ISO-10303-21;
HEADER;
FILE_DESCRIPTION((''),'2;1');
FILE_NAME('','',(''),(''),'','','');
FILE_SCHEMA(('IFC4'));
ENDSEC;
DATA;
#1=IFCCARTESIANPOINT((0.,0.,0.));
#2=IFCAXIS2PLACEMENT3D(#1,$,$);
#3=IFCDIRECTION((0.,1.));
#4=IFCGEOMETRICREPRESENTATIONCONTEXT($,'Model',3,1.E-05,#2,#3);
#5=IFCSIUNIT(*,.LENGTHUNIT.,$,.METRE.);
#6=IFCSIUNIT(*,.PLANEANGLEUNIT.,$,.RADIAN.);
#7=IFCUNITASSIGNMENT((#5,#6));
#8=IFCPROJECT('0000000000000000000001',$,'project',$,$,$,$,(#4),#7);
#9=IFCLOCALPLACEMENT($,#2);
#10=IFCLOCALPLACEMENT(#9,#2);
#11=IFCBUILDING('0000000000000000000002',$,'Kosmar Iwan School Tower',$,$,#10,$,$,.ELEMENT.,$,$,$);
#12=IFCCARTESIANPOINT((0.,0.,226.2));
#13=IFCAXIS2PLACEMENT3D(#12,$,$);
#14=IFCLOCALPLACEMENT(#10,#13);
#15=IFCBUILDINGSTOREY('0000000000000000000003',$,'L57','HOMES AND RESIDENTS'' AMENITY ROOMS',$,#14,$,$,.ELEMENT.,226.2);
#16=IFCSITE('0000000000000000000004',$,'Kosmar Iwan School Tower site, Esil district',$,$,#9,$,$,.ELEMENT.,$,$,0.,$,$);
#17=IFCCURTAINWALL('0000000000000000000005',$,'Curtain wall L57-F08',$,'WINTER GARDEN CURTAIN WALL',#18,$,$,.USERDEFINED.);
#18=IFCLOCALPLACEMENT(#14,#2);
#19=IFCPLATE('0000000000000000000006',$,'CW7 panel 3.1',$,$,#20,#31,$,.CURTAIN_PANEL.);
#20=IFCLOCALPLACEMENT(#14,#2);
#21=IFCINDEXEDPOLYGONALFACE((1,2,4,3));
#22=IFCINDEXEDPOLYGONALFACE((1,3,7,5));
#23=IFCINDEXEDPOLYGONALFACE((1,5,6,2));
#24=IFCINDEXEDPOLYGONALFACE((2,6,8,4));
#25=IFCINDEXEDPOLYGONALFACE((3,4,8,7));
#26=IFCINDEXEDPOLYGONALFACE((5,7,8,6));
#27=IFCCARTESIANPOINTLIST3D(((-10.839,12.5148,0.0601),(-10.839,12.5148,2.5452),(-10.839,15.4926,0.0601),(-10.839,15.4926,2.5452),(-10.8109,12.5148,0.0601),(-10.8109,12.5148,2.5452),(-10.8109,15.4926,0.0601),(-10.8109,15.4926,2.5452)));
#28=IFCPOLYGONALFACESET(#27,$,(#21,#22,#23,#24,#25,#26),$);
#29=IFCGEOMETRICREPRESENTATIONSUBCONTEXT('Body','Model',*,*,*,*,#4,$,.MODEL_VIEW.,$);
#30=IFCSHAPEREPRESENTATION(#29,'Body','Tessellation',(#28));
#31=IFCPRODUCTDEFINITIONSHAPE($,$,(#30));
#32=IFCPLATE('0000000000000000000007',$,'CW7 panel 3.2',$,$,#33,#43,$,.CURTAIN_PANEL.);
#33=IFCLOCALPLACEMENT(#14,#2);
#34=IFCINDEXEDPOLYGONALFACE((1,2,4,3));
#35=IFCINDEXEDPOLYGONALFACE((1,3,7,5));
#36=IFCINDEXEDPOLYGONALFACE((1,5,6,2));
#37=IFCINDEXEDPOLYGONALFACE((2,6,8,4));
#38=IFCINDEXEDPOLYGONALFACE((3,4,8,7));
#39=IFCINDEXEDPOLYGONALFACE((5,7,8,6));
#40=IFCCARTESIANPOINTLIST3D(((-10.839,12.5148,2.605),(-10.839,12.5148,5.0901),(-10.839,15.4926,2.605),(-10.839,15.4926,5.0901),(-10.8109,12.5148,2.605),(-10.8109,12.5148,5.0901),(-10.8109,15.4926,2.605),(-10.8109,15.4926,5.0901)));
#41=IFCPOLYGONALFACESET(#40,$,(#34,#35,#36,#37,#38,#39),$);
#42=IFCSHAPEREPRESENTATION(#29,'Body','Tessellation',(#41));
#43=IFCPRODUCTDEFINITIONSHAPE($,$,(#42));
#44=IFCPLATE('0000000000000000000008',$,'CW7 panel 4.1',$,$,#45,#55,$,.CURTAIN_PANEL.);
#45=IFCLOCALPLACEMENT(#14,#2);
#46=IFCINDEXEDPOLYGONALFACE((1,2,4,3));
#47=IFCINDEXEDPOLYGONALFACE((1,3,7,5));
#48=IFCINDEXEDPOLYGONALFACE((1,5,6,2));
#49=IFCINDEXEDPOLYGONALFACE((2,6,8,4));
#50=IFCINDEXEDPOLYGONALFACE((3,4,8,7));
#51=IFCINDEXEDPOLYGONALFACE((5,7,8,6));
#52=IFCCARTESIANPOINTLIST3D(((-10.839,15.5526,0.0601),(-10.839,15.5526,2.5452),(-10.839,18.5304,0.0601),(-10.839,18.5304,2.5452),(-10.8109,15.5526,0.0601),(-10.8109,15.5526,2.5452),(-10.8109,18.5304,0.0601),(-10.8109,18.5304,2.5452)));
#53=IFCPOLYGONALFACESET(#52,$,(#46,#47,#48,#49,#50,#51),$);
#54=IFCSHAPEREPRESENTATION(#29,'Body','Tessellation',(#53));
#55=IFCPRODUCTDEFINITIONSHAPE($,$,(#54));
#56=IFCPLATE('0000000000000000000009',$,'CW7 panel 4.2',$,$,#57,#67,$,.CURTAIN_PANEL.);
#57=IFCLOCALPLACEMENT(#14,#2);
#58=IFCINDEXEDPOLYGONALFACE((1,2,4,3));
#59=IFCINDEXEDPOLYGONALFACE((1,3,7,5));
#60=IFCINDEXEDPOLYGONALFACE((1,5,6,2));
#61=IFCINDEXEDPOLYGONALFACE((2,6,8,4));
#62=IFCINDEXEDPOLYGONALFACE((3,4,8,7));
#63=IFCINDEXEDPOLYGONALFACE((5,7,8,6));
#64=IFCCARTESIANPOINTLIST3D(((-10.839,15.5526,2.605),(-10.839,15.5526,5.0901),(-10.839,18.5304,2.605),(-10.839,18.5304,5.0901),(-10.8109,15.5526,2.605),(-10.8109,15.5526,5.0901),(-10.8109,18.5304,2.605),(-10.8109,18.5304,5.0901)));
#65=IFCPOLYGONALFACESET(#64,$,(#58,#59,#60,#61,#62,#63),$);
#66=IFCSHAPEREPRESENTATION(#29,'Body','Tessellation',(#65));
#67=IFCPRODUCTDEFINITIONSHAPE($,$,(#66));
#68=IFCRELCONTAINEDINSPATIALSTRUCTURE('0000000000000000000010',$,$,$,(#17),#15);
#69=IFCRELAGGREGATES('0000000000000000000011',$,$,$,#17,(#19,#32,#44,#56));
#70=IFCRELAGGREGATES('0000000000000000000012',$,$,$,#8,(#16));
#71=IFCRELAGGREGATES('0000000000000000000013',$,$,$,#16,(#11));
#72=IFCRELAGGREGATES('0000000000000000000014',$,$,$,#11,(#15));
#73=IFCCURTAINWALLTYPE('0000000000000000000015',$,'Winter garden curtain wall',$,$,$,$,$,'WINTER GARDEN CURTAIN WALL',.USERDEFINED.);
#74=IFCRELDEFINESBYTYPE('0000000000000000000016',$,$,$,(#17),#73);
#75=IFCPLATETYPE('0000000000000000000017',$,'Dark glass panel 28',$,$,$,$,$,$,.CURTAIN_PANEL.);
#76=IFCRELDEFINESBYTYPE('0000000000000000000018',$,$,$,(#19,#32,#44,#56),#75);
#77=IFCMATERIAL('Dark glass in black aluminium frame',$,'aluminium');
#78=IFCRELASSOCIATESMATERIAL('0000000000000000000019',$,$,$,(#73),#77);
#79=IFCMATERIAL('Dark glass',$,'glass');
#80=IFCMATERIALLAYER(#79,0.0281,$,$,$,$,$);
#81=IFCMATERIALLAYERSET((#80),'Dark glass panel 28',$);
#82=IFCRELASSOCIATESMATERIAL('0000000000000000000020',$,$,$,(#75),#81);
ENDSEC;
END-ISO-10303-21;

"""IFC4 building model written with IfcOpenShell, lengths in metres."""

from ifc_helpers import new_model, si_unit, direction, frame, origin, origin_2d, place, context, subcontext, project, spatial, rectangle, extrude, material, layer, layer_set, type_object, element, aggregate, save


model = new_model("IFC4")

# Units and contexts
model_context = context("Model", 3, precision=1e-05, world=origin(), true_north=direction((0.0, 1.0)))
body_context = subcontext(model_context, "Body", "Model", "MODEL_VIEW")
ifc_project = project(units=[si_unit("LENGTHUNIT", "METRE"), si_unit("PLANEANGLEUNIT", "RADIAN")], contexts=[model_context])

# Site, building, storey
site_placement = place(None, origin())
site = spatial("IfcSite", under=ifc_project, at=site_placement, Name="Kosmar Iwan School Tower site, Esil district", CompositionType="ELEMENT", RefElevation=0.0)
building_placement = place(site_placement, origin())
building = spatial("IfcBuilding", under=site, at=building_placement, Name="Kosmar Iwan School Tower", CompositionType="ELEMENT")
storey_placement = place(building_placement, frame((0.0, 0.0, 226.2)))
storey = spatial("IfcBuildingStorey", under=building, at=storey_placement, Name="L57", Description="HOMES AND RESIDENTS' AMENITY ROOMS", CompositionType="ELEMENT", Elevation=226.2)

# Curtain wall
ifc_material_1 = material(Name="Dark glass in black aluminium frame", Category="aluminium")
curtain_wall_type = type_object("IfcCurtainWallType", Name="Winter garden curtain wall", ElementType="WINTER GARDEN CURTAIN WALL", PredefinedType="USERDEFINED", material=ifc_material_1)
curtain_wall_placement = place(storey_placement, origin())
curtain_wall = element("IfcCurtainWall", 1, at=curtain_wall_placement, inside=storey, type_object=curtain_wall_type, Name="Curtain wall L57-F08", ObjectType="WINTER GARDEN CURTAIN WALL", PredefinedType="USERDEFINED")

# Plates
ifc_material_2 = material(Name="Dark glass", Category="glass")
ifc_layer = layer(ifc_material_2, 0.0281)
ifc_layer_set = layer_set([ifc_layer], Name="Dark glass panel 28")
plate_type = type_object("IfcPlateType", Name="Dark glass panel 28", PredefinedType="CURTAIN_PANEL", material=ifc_layer_set)
plate_1_placement = place(storey_placement, frame((-10.825, 14.0037, 0.0601), z_axis=(0.0, 0.0, 1.0), x_axis=(0.0, 1.0, 0.0)))
plate_1 = element("IfcPlate", 2, at=plate_1_placement, type_object=plate_type, Name="CW7 panel 3.1", PredefinedType="CURTAIN_PANEL", context=body_context, shape_type="SweptSolid", body=[
    extrude(rectangle(XDim=2.9778, YDim=0.0281, at=origin_2d()), origin(), (0.0, 0.0, 1.0), 2.4851),
])
plate_2_placement = place(storey_placement, frame((-10.825, 14.0037, 2.605), z_axis=(0.0, 0.0, 1.0), x_axis=(0.0, 1.0, 0.0)))
plate_2 = element("IfcPlate", 3, at=plate_2_placement, type_object=plate_type, Name="CW7 panel 3.2", PredefinedType="CURTAIN_PANEL", context=body_context, shape_type="SweptSolid", body=[
    extrude(rectangle(XDim=2.9778, YDim=0.0281, at=origin_2d()), origin(), (0.0, 0.0, 1.0), 2.4851),
])
plate_3_placement = place(storey_placement, frame((-10.825, 17.0415, 0.0601), z_axis=(0.0, 0.0, 1.0), x_axis=(0.0, 1.0, 0.0)))
plate_3 = element("IfcPlate", 4, at=plate_3_placement, type_object=plate_type, Name="CW7 panel 4.1", PredefinedType="CURTAIN_PANEL", context=body_context, shape_type="SweptSolid", body=[
    extrude(rectangle(XDim=2.9778, YDim=0.0281, at=origin_2d()), origin(), (0.0, 0.0, 1.0), 2.4851),
])
plate_4_placement = place(storey_placement, frame((-10.825, 17.0415, 2.605), z_axis=(0.0, 0.0, 1.0), x_axis=(0.0, 1.0, 0.0)))
plate_4 = element("IfcPlate", 5, at=plate_4_placement, type_object=plate_type, Name="CW7 panel 4.2", PredefinedType="CURTAIN_PANEL", context=body_context, shape_type="SweptSolid", body=[
    extrude(rectangle(XDim=2.9778, YDim=0.0281, at=origin_2d()), origin(), (0.0, 0.0, 1.0), 2.4851),
])
aggregate(curtain_wall, [plate_1, plate_2, plate_3, plate_4])

save(model, "model.ifc")
